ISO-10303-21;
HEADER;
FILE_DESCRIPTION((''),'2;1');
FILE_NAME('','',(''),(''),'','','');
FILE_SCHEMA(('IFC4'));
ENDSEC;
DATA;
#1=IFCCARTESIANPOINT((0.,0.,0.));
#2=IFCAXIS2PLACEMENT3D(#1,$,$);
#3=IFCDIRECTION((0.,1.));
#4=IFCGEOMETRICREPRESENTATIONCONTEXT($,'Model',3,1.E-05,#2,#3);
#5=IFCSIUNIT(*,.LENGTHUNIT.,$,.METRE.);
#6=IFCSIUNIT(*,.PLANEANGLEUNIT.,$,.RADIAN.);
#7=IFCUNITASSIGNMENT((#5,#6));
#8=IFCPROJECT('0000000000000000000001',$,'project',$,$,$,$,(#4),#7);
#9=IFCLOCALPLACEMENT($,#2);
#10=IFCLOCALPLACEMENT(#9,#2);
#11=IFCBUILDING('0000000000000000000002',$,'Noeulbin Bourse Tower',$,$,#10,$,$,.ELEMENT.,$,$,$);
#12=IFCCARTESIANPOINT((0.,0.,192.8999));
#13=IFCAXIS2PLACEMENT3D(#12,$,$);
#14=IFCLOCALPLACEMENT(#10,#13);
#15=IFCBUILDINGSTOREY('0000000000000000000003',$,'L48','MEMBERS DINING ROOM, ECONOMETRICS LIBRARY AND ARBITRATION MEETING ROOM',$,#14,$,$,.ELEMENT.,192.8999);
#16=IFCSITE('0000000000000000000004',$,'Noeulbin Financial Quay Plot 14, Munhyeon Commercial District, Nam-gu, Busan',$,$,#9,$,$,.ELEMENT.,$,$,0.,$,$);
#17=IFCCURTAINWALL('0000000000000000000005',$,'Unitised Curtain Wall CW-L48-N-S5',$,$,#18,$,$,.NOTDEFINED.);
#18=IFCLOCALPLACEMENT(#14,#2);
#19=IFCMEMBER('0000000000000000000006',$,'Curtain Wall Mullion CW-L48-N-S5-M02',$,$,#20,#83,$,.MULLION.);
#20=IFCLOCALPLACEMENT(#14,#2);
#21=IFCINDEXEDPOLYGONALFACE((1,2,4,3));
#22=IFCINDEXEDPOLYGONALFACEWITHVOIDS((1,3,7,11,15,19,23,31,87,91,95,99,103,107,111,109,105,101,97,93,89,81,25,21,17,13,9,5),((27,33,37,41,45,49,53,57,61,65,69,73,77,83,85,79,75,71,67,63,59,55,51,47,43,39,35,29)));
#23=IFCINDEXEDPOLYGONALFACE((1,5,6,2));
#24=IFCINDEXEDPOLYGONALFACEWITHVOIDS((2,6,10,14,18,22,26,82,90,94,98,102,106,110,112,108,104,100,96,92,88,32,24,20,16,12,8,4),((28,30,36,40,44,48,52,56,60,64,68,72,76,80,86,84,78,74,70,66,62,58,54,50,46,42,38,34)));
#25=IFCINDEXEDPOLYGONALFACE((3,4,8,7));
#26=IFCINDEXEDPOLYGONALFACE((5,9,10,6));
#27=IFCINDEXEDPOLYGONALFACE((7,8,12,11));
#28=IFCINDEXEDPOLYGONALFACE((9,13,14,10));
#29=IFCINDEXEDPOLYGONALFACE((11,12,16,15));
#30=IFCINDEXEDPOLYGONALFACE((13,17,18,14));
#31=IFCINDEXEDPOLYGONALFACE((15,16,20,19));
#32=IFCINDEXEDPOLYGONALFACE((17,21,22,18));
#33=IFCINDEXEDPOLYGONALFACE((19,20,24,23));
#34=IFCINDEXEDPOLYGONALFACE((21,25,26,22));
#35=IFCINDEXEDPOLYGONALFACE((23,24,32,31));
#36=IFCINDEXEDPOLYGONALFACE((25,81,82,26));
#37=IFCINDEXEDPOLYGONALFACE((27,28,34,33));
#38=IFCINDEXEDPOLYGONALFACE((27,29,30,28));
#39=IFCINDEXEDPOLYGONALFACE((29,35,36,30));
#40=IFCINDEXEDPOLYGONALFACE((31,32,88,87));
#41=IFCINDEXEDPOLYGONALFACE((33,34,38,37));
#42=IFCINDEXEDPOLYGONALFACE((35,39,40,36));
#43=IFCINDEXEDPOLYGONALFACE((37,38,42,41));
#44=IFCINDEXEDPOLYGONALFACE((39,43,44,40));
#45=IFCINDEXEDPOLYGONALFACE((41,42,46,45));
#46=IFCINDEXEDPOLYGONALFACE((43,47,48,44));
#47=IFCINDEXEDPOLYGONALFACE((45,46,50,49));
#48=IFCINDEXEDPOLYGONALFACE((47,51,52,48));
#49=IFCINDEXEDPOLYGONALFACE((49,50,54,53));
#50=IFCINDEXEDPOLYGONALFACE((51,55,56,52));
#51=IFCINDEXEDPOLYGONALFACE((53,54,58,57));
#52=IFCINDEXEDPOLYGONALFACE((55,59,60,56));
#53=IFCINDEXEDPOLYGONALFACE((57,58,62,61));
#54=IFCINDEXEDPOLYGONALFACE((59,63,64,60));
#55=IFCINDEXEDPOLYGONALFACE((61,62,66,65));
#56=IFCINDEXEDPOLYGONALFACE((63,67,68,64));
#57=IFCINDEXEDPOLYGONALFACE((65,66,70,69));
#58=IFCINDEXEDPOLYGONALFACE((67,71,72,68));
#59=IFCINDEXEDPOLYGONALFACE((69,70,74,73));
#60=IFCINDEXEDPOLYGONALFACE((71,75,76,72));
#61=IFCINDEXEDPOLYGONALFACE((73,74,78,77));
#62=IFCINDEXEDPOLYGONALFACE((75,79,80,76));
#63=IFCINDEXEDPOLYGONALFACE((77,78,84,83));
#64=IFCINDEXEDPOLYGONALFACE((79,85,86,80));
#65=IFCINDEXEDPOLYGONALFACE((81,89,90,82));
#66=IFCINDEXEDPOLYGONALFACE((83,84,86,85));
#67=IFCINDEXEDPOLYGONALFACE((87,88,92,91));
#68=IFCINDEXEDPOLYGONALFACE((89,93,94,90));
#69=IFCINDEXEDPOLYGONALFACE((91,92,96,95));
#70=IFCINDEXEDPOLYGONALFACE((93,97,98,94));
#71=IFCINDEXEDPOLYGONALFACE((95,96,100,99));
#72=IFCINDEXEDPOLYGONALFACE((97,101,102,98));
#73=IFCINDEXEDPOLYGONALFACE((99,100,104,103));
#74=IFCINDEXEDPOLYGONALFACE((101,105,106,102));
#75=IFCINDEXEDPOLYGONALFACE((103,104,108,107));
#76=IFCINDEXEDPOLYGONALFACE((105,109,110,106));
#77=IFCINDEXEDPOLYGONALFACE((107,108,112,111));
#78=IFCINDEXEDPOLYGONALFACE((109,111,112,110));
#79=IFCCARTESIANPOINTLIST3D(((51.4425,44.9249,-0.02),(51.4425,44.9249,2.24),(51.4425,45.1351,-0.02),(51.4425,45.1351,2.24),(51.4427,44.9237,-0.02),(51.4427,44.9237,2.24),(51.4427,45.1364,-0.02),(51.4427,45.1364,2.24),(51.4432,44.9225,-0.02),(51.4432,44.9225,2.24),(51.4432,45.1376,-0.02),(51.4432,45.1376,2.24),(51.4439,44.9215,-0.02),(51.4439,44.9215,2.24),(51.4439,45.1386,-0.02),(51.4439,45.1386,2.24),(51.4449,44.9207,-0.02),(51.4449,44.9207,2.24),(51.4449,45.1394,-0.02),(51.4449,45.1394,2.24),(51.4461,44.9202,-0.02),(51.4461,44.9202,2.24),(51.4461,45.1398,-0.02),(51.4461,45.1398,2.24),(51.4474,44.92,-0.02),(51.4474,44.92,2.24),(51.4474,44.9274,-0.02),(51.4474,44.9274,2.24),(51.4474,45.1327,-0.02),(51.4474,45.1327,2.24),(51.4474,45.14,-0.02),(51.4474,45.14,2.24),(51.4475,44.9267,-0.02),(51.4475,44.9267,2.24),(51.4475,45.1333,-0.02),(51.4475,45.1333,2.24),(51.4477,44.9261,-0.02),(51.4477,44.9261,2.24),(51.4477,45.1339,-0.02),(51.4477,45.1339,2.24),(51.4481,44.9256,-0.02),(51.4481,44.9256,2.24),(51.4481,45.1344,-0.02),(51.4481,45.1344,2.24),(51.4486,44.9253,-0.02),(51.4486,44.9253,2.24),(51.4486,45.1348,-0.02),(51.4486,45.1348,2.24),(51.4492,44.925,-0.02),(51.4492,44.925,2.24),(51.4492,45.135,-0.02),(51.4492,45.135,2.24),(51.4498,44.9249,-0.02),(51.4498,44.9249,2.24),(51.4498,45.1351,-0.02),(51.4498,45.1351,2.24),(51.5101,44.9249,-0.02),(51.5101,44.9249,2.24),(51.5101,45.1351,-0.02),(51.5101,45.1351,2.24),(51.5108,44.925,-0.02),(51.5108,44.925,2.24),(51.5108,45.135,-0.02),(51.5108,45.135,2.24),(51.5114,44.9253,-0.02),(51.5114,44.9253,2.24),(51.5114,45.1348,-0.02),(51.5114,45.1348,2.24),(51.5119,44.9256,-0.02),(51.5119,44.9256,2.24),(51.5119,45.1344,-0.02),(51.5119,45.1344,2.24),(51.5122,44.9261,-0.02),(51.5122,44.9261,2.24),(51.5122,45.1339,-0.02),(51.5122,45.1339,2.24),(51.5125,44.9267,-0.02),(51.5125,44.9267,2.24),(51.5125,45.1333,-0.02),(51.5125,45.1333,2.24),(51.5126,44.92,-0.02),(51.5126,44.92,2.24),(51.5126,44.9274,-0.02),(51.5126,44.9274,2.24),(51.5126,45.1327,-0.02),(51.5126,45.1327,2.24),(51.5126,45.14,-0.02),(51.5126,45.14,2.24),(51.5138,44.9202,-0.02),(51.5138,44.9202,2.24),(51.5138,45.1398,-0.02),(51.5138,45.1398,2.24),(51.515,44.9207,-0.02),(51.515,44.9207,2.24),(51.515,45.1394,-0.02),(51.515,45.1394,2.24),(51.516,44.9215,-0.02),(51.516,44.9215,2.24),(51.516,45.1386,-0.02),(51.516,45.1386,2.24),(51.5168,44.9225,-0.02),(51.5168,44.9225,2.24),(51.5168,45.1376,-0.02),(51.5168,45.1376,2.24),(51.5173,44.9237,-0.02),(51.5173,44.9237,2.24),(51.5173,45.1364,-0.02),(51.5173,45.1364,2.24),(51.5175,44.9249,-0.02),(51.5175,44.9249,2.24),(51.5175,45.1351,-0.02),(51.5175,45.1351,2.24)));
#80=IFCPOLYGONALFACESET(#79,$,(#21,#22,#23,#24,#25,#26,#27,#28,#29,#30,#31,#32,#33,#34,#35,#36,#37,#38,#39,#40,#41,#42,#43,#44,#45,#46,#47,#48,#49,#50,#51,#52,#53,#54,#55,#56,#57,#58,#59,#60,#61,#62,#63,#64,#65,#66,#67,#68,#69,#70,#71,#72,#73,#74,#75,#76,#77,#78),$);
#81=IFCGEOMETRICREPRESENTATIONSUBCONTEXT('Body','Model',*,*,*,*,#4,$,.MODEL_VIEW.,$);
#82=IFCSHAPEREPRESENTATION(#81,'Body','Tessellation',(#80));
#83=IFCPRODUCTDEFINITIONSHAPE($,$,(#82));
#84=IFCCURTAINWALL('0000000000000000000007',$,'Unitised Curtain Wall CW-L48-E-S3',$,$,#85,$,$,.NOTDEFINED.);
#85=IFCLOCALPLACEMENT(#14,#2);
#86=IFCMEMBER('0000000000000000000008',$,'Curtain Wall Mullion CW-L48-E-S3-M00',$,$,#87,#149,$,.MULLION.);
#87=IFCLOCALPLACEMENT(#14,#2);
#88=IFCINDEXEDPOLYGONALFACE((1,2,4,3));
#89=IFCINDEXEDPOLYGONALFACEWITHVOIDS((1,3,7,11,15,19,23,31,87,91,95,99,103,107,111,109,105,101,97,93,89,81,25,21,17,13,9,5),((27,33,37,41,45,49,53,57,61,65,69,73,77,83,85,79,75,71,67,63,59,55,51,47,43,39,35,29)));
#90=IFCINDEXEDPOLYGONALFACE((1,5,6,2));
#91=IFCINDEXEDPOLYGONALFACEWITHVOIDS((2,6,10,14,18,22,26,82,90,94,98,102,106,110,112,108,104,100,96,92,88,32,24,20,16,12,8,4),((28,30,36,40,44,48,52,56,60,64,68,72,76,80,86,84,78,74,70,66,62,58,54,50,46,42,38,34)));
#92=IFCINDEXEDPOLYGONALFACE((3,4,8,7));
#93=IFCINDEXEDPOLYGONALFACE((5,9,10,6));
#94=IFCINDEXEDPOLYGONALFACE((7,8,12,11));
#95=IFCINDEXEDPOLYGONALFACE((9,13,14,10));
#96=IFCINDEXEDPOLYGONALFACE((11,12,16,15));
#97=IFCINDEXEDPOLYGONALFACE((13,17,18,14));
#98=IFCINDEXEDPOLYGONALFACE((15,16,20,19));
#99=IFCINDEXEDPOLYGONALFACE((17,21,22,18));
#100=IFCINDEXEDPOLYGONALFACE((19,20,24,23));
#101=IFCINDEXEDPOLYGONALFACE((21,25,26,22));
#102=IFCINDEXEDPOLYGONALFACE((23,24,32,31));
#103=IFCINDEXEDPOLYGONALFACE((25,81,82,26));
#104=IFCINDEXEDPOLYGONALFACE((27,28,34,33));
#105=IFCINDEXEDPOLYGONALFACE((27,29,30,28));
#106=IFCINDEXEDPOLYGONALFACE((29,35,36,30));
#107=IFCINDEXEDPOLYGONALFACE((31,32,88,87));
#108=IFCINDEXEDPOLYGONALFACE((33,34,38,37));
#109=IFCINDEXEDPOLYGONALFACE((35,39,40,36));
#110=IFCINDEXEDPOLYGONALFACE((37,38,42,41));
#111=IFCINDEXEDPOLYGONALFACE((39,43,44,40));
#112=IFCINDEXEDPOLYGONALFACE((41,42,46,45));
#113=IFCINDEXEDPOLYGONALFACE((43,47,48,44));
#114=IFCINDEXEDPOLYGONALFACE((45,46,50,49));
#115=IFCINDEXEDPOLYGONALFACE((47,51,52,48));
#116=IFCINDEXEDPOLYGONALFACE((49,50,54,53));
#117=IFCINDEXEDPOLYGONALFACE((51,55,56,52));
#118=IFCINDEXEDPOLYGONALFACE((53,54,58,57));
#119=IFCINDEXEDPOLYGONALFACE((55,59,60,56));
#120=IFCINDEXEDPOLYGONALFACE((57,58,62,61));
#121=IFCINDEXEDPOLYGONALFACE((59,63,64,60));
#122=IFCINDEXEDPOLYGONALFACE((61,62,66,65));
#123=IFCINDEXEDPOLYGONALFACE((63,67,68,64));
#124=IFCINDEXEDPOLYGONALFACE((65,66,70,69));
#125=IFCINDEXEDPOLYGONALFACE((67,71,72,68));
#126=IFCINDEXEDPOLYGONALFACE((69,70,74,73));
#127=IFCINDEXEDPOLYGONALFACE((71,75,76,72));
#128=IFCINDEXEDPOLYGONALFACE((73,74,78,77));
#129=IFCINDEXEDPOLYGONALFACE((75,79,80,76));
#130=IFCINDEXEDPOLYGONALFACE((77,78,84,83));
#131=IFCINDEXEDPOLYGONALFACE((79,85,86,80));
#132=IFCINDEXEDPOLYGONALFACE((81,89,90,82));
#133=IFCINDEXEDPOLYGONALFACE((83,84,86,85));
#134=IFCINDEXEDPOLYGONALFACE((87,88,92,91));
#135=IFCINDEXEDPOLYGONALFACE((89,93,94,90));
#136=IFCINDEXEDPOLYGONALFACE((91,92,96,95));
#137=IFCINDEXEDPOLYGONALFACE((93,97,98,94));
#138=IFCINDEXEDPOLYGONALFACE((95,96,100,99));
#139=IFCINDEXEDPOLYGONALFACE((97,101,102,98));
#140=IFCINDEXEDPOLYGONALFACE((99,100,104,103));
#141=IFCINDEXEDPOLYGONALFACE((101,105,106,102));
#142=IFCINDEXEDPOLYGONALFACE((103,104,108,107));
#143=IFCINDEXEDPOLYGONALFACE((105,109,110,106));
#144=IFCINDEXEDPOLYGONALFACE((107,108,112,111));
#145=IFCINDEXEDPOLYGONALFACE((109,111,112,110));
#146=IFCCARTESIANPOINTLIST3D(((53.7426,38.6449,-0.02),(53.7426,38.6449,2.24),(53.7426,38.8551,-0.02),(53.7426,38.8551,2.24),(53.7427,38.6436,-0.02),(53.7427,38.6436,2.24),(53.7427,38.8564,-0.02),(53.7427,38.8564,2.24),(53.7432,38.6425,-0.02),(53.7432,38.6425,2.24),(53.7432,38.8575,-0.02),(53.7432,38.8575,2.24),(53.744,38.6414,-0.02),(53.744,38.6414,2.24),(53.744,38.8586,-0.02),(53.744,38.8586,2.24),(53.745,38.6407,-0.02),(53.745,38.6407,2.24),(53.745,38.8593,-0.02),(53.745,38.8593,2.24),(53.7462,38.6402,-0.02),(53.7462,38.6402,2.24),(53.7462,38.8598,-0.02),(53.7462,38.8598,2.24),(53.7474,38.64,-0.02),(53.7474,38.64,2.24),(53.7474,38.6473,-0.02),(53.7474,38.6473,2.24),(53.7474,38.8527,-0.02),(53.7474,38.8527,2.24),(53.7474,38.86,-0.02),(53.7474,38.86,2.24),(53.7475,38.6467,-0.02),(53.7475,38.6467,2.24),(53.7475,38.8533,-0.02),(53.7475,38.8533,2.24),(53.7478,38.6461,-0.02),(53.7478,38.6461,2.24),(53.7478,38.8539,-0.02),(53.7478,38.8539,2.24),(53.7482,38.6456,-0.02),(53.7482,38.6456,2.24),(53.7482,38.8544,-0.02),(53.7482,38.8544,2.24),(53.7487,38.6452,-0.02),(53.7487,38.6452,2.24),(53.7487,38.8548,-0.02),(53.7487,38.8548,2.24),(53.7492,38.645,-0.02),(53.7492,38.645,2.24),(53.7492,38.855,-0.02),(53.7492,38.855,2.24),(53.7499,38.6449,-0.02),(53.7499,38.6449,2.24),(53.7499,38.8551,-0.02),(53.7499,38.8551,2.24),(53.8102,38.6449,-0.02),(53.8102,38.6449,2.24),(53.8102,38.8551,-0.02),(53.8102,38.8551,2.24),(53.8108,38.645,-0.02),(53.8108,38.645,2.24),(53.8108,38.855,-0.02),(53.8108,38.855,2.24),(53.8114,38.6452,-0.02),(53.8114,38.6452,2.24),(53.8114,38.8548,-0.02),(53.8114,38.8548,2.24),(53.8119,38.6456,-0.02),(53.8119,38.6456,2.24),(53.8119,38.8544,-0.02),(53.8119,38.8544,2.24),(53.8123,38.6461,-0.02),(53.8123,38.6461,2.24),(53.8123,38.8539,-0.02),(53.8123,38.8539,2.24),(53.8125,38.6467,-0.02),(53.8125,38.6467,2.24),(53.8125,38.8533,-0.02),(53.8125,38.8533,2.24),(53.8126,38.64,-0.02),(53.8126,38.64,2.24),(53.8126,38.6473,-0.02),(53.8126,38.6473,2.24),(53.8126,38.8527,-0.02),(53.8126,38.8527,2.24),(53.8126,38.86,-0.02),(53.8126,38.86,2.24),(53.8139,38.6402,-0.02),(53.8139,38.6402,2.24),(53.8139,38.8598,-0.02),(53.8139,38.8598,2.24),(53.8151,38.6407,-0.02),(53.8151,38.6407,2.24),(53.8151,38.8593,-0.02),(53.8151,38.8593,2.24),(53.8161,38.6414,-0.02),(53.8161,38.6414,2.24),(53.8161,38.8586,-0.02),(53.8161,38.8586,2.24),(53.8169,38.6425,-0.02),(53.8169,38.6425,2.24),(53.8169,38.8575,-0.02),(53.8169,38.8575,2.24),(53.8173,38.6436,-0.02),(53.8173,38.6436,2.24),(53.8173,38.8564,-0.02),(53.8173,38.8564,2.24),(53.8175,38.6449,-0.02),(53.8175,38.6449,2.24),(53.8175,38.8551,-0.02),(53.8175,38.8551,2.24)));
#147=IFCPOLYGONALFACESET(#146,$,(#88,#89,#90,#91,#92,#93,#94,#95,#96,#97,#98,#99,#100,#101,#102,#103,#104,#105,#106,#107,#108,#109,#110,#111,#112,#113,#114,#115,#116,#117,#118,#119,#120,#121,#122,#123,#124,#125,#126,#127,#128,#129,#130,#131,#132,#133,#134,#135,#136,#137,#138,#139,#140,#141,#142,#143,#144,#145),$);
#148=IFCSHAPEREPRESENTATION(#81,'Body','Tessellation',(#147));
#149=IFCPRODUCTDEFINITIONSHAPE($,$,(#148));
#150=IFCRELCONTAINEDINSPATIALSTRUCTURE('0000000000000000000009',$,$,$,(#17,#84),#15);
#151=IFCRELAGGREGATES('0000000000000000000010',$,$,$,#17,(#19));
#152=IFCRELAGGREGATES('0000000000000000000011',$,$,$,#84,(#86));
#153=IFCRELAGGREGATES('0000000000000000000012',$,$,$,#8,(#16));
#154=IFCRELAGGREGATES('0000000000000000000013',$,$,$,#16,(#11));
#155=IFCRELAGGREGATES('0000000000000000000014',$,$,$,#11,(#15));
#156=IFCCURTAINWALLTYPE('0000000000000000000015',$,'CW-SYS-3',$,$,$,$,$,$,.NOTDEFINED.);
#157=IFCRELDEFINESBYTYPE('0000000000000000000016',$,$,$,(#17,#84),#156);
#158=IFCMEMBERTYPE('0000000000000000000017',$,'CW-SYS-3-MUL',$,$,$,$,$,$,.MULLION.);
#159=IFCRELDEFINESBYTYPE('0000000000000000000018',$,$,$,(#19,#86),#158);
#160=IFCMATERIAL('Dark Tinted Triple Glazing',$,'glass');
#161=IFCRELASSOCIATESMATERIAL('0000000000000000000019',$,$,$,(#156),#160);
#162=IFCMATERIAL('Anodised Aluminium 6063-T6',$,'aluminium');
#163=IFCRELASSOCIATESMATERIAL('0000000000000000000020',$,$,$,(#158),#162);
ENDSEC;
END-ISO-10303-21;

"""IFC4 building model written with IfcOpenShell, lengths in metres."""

from ifc_helpers import new_model, si_unit, direction, frame, origin, origin_2d, place, context, subcontext, project, spatial, hollow_rectangle, extrude, material, material_profile, profile_set, type_object, element, aggregate, save


model = new_model("IFC4")

# Units and contexts
model_context = context("Model", 3, precision=1e-05, world=origin(), true_north=direction((0.0, 1.0)))
body_context = subcontext(model_context, "Body", "Model", "MODEL_VIEW")
ifc_project = project(units=[si_unit("LENGTHUNIT", "METRE"), si_unit("PLANEANGLEUNIT", "RADIAN")], contexts=[model_context])

# Site, building, storey
site_placement = place(None, origin())
site = spatial("IfcSite", under=ifc_project, at=site_placement, Name="Noeulbin Financial Quay Plot 14, Munhyeon Commercial District, Nam-gu, Busan", CompositionType="ELEMENT", RefElevation=0.0)
building_placement = place(site_placement, origin())
building = spatial("IfcBuilding", under=site, at=building_placement, Name="Noeulbin Bourse Tower", CompositionType="ELEMENT")
storey_placement = place(building_placement, frame((0.0, 0.0, 192.8999)))
storey = spatial("IfcBuildingStorey", under=building, at=storey_placement, Name="L48", Description="MEMBERS DINING ROOM, ECONOMETRICS LIBRARY AND ARBITRATION MEETING ROOM", CompositionType="ELEMENT", Elevation=192.8999)

# Shared definitions
ifc_material_1 = material(Name="Dark Tinted Triple Glazing", Category="glass")
curtain_wall_type = type_object("IfcCurtainWallType", Name="CW-SYS-3", PredefinedType="NOTDEFINED", material=ifc_material_1)
ifc_material_2 = material(Name="Anodised Aluminium 6063-T6", Category="aluminium")
ifc_material_profile_1 = material_profile(ifc_material_2, hollow_rectangle(XDim=0.075, YDim=0.22, WallThickness=0.0049, InnerFilletRadius=0.0024, OuterFilletRadius=0.0049, at=origin_2d()), Name="ALU-MULL-75x220x5", Category="LoadBearing")
ifc_profile_set_1 = profile_set([ifc_material_profile_1], Name="Anodised Aluminium 6063-T6")
member_type_1 = type_object("IfcMemberType", Name="CW-SYS-3-MUL", PredefinedType="MULLION", material=ifc_profile_set_1)

# Curtain walls, members
curtain_wall_1_placement = place(storey_placement, origin())
curtain_wall_1 = element("IfcCurtainWall", 1, at=curtain_wall_1_placement, inside=storey, type_object=curtain_wall_type, Name="Unitised Curtain Wall CW-L48-N-S5", PredefinedType="NOTDEFINED")
member_1_placement = place(storey_placement, frame((51.48, 45.03, -0.02), z_axis=(0.0, 0.0, 1.0), x_axis=(1.0, 0.0, 0.0)))
member_1 = element("IfcMember", 2, at=member_1_placement, type_object=member_type_1, Name="Curtain Wall Mullion CW-L48-N-S5-M02", PredefinedType="MULLION", context=body_context, shape_type="SweptSolid", body=[
    extrude(hollow_rectangle(XDim=0.075, YDim=0.22, WallThickness=0.0049, InnerFilletRadius=0.0024, OuterFilletRadius=0.0049, at=origin_2d()), origin(), (0.0, 0.0, 1.0), 2.26),
])
curtain_wall_2_placement = place(storey_placement, origin())
curtain_wall_2 = element("IfcCurtainWall", 3, at=curtain_wall_2_placement, inside=storey, type_object=curtain_wall_type, Name="Unitised Curtain Wall CW-L48-E-S3", PredefinedType="NOTDEFINED")
member_2_placement = place(storey_placement, frame((53.78, 38.75, -0.02), z_axis=(0.0, 0.0, 1.0), x_axis=(1.0, 0.0, 0.0)))
member_2 = element("IfcMember", 4, at=member_2_placement, type_object=member_type_1, Name="Curtain Wall Mullion CW-L48-E-S3-M00", PredefinedType="MULLION", context=body_context, shape_type="SweptSolid", body=[
    extrude(hollow_rectangle(XDim=0.075, YDim=0.22, WallThickness=0.0049, InnerFilletRadius=0.0024, OuterFilletRadius=0.0049, at=origin_2d()), origin(), (0.0, 0.0, 1.0), 2.26),
])

aggregate(curtain_wall_1, [member_1])
aggregate(curtain_wall_2, [member_2])

save(model, "model.ifc")
